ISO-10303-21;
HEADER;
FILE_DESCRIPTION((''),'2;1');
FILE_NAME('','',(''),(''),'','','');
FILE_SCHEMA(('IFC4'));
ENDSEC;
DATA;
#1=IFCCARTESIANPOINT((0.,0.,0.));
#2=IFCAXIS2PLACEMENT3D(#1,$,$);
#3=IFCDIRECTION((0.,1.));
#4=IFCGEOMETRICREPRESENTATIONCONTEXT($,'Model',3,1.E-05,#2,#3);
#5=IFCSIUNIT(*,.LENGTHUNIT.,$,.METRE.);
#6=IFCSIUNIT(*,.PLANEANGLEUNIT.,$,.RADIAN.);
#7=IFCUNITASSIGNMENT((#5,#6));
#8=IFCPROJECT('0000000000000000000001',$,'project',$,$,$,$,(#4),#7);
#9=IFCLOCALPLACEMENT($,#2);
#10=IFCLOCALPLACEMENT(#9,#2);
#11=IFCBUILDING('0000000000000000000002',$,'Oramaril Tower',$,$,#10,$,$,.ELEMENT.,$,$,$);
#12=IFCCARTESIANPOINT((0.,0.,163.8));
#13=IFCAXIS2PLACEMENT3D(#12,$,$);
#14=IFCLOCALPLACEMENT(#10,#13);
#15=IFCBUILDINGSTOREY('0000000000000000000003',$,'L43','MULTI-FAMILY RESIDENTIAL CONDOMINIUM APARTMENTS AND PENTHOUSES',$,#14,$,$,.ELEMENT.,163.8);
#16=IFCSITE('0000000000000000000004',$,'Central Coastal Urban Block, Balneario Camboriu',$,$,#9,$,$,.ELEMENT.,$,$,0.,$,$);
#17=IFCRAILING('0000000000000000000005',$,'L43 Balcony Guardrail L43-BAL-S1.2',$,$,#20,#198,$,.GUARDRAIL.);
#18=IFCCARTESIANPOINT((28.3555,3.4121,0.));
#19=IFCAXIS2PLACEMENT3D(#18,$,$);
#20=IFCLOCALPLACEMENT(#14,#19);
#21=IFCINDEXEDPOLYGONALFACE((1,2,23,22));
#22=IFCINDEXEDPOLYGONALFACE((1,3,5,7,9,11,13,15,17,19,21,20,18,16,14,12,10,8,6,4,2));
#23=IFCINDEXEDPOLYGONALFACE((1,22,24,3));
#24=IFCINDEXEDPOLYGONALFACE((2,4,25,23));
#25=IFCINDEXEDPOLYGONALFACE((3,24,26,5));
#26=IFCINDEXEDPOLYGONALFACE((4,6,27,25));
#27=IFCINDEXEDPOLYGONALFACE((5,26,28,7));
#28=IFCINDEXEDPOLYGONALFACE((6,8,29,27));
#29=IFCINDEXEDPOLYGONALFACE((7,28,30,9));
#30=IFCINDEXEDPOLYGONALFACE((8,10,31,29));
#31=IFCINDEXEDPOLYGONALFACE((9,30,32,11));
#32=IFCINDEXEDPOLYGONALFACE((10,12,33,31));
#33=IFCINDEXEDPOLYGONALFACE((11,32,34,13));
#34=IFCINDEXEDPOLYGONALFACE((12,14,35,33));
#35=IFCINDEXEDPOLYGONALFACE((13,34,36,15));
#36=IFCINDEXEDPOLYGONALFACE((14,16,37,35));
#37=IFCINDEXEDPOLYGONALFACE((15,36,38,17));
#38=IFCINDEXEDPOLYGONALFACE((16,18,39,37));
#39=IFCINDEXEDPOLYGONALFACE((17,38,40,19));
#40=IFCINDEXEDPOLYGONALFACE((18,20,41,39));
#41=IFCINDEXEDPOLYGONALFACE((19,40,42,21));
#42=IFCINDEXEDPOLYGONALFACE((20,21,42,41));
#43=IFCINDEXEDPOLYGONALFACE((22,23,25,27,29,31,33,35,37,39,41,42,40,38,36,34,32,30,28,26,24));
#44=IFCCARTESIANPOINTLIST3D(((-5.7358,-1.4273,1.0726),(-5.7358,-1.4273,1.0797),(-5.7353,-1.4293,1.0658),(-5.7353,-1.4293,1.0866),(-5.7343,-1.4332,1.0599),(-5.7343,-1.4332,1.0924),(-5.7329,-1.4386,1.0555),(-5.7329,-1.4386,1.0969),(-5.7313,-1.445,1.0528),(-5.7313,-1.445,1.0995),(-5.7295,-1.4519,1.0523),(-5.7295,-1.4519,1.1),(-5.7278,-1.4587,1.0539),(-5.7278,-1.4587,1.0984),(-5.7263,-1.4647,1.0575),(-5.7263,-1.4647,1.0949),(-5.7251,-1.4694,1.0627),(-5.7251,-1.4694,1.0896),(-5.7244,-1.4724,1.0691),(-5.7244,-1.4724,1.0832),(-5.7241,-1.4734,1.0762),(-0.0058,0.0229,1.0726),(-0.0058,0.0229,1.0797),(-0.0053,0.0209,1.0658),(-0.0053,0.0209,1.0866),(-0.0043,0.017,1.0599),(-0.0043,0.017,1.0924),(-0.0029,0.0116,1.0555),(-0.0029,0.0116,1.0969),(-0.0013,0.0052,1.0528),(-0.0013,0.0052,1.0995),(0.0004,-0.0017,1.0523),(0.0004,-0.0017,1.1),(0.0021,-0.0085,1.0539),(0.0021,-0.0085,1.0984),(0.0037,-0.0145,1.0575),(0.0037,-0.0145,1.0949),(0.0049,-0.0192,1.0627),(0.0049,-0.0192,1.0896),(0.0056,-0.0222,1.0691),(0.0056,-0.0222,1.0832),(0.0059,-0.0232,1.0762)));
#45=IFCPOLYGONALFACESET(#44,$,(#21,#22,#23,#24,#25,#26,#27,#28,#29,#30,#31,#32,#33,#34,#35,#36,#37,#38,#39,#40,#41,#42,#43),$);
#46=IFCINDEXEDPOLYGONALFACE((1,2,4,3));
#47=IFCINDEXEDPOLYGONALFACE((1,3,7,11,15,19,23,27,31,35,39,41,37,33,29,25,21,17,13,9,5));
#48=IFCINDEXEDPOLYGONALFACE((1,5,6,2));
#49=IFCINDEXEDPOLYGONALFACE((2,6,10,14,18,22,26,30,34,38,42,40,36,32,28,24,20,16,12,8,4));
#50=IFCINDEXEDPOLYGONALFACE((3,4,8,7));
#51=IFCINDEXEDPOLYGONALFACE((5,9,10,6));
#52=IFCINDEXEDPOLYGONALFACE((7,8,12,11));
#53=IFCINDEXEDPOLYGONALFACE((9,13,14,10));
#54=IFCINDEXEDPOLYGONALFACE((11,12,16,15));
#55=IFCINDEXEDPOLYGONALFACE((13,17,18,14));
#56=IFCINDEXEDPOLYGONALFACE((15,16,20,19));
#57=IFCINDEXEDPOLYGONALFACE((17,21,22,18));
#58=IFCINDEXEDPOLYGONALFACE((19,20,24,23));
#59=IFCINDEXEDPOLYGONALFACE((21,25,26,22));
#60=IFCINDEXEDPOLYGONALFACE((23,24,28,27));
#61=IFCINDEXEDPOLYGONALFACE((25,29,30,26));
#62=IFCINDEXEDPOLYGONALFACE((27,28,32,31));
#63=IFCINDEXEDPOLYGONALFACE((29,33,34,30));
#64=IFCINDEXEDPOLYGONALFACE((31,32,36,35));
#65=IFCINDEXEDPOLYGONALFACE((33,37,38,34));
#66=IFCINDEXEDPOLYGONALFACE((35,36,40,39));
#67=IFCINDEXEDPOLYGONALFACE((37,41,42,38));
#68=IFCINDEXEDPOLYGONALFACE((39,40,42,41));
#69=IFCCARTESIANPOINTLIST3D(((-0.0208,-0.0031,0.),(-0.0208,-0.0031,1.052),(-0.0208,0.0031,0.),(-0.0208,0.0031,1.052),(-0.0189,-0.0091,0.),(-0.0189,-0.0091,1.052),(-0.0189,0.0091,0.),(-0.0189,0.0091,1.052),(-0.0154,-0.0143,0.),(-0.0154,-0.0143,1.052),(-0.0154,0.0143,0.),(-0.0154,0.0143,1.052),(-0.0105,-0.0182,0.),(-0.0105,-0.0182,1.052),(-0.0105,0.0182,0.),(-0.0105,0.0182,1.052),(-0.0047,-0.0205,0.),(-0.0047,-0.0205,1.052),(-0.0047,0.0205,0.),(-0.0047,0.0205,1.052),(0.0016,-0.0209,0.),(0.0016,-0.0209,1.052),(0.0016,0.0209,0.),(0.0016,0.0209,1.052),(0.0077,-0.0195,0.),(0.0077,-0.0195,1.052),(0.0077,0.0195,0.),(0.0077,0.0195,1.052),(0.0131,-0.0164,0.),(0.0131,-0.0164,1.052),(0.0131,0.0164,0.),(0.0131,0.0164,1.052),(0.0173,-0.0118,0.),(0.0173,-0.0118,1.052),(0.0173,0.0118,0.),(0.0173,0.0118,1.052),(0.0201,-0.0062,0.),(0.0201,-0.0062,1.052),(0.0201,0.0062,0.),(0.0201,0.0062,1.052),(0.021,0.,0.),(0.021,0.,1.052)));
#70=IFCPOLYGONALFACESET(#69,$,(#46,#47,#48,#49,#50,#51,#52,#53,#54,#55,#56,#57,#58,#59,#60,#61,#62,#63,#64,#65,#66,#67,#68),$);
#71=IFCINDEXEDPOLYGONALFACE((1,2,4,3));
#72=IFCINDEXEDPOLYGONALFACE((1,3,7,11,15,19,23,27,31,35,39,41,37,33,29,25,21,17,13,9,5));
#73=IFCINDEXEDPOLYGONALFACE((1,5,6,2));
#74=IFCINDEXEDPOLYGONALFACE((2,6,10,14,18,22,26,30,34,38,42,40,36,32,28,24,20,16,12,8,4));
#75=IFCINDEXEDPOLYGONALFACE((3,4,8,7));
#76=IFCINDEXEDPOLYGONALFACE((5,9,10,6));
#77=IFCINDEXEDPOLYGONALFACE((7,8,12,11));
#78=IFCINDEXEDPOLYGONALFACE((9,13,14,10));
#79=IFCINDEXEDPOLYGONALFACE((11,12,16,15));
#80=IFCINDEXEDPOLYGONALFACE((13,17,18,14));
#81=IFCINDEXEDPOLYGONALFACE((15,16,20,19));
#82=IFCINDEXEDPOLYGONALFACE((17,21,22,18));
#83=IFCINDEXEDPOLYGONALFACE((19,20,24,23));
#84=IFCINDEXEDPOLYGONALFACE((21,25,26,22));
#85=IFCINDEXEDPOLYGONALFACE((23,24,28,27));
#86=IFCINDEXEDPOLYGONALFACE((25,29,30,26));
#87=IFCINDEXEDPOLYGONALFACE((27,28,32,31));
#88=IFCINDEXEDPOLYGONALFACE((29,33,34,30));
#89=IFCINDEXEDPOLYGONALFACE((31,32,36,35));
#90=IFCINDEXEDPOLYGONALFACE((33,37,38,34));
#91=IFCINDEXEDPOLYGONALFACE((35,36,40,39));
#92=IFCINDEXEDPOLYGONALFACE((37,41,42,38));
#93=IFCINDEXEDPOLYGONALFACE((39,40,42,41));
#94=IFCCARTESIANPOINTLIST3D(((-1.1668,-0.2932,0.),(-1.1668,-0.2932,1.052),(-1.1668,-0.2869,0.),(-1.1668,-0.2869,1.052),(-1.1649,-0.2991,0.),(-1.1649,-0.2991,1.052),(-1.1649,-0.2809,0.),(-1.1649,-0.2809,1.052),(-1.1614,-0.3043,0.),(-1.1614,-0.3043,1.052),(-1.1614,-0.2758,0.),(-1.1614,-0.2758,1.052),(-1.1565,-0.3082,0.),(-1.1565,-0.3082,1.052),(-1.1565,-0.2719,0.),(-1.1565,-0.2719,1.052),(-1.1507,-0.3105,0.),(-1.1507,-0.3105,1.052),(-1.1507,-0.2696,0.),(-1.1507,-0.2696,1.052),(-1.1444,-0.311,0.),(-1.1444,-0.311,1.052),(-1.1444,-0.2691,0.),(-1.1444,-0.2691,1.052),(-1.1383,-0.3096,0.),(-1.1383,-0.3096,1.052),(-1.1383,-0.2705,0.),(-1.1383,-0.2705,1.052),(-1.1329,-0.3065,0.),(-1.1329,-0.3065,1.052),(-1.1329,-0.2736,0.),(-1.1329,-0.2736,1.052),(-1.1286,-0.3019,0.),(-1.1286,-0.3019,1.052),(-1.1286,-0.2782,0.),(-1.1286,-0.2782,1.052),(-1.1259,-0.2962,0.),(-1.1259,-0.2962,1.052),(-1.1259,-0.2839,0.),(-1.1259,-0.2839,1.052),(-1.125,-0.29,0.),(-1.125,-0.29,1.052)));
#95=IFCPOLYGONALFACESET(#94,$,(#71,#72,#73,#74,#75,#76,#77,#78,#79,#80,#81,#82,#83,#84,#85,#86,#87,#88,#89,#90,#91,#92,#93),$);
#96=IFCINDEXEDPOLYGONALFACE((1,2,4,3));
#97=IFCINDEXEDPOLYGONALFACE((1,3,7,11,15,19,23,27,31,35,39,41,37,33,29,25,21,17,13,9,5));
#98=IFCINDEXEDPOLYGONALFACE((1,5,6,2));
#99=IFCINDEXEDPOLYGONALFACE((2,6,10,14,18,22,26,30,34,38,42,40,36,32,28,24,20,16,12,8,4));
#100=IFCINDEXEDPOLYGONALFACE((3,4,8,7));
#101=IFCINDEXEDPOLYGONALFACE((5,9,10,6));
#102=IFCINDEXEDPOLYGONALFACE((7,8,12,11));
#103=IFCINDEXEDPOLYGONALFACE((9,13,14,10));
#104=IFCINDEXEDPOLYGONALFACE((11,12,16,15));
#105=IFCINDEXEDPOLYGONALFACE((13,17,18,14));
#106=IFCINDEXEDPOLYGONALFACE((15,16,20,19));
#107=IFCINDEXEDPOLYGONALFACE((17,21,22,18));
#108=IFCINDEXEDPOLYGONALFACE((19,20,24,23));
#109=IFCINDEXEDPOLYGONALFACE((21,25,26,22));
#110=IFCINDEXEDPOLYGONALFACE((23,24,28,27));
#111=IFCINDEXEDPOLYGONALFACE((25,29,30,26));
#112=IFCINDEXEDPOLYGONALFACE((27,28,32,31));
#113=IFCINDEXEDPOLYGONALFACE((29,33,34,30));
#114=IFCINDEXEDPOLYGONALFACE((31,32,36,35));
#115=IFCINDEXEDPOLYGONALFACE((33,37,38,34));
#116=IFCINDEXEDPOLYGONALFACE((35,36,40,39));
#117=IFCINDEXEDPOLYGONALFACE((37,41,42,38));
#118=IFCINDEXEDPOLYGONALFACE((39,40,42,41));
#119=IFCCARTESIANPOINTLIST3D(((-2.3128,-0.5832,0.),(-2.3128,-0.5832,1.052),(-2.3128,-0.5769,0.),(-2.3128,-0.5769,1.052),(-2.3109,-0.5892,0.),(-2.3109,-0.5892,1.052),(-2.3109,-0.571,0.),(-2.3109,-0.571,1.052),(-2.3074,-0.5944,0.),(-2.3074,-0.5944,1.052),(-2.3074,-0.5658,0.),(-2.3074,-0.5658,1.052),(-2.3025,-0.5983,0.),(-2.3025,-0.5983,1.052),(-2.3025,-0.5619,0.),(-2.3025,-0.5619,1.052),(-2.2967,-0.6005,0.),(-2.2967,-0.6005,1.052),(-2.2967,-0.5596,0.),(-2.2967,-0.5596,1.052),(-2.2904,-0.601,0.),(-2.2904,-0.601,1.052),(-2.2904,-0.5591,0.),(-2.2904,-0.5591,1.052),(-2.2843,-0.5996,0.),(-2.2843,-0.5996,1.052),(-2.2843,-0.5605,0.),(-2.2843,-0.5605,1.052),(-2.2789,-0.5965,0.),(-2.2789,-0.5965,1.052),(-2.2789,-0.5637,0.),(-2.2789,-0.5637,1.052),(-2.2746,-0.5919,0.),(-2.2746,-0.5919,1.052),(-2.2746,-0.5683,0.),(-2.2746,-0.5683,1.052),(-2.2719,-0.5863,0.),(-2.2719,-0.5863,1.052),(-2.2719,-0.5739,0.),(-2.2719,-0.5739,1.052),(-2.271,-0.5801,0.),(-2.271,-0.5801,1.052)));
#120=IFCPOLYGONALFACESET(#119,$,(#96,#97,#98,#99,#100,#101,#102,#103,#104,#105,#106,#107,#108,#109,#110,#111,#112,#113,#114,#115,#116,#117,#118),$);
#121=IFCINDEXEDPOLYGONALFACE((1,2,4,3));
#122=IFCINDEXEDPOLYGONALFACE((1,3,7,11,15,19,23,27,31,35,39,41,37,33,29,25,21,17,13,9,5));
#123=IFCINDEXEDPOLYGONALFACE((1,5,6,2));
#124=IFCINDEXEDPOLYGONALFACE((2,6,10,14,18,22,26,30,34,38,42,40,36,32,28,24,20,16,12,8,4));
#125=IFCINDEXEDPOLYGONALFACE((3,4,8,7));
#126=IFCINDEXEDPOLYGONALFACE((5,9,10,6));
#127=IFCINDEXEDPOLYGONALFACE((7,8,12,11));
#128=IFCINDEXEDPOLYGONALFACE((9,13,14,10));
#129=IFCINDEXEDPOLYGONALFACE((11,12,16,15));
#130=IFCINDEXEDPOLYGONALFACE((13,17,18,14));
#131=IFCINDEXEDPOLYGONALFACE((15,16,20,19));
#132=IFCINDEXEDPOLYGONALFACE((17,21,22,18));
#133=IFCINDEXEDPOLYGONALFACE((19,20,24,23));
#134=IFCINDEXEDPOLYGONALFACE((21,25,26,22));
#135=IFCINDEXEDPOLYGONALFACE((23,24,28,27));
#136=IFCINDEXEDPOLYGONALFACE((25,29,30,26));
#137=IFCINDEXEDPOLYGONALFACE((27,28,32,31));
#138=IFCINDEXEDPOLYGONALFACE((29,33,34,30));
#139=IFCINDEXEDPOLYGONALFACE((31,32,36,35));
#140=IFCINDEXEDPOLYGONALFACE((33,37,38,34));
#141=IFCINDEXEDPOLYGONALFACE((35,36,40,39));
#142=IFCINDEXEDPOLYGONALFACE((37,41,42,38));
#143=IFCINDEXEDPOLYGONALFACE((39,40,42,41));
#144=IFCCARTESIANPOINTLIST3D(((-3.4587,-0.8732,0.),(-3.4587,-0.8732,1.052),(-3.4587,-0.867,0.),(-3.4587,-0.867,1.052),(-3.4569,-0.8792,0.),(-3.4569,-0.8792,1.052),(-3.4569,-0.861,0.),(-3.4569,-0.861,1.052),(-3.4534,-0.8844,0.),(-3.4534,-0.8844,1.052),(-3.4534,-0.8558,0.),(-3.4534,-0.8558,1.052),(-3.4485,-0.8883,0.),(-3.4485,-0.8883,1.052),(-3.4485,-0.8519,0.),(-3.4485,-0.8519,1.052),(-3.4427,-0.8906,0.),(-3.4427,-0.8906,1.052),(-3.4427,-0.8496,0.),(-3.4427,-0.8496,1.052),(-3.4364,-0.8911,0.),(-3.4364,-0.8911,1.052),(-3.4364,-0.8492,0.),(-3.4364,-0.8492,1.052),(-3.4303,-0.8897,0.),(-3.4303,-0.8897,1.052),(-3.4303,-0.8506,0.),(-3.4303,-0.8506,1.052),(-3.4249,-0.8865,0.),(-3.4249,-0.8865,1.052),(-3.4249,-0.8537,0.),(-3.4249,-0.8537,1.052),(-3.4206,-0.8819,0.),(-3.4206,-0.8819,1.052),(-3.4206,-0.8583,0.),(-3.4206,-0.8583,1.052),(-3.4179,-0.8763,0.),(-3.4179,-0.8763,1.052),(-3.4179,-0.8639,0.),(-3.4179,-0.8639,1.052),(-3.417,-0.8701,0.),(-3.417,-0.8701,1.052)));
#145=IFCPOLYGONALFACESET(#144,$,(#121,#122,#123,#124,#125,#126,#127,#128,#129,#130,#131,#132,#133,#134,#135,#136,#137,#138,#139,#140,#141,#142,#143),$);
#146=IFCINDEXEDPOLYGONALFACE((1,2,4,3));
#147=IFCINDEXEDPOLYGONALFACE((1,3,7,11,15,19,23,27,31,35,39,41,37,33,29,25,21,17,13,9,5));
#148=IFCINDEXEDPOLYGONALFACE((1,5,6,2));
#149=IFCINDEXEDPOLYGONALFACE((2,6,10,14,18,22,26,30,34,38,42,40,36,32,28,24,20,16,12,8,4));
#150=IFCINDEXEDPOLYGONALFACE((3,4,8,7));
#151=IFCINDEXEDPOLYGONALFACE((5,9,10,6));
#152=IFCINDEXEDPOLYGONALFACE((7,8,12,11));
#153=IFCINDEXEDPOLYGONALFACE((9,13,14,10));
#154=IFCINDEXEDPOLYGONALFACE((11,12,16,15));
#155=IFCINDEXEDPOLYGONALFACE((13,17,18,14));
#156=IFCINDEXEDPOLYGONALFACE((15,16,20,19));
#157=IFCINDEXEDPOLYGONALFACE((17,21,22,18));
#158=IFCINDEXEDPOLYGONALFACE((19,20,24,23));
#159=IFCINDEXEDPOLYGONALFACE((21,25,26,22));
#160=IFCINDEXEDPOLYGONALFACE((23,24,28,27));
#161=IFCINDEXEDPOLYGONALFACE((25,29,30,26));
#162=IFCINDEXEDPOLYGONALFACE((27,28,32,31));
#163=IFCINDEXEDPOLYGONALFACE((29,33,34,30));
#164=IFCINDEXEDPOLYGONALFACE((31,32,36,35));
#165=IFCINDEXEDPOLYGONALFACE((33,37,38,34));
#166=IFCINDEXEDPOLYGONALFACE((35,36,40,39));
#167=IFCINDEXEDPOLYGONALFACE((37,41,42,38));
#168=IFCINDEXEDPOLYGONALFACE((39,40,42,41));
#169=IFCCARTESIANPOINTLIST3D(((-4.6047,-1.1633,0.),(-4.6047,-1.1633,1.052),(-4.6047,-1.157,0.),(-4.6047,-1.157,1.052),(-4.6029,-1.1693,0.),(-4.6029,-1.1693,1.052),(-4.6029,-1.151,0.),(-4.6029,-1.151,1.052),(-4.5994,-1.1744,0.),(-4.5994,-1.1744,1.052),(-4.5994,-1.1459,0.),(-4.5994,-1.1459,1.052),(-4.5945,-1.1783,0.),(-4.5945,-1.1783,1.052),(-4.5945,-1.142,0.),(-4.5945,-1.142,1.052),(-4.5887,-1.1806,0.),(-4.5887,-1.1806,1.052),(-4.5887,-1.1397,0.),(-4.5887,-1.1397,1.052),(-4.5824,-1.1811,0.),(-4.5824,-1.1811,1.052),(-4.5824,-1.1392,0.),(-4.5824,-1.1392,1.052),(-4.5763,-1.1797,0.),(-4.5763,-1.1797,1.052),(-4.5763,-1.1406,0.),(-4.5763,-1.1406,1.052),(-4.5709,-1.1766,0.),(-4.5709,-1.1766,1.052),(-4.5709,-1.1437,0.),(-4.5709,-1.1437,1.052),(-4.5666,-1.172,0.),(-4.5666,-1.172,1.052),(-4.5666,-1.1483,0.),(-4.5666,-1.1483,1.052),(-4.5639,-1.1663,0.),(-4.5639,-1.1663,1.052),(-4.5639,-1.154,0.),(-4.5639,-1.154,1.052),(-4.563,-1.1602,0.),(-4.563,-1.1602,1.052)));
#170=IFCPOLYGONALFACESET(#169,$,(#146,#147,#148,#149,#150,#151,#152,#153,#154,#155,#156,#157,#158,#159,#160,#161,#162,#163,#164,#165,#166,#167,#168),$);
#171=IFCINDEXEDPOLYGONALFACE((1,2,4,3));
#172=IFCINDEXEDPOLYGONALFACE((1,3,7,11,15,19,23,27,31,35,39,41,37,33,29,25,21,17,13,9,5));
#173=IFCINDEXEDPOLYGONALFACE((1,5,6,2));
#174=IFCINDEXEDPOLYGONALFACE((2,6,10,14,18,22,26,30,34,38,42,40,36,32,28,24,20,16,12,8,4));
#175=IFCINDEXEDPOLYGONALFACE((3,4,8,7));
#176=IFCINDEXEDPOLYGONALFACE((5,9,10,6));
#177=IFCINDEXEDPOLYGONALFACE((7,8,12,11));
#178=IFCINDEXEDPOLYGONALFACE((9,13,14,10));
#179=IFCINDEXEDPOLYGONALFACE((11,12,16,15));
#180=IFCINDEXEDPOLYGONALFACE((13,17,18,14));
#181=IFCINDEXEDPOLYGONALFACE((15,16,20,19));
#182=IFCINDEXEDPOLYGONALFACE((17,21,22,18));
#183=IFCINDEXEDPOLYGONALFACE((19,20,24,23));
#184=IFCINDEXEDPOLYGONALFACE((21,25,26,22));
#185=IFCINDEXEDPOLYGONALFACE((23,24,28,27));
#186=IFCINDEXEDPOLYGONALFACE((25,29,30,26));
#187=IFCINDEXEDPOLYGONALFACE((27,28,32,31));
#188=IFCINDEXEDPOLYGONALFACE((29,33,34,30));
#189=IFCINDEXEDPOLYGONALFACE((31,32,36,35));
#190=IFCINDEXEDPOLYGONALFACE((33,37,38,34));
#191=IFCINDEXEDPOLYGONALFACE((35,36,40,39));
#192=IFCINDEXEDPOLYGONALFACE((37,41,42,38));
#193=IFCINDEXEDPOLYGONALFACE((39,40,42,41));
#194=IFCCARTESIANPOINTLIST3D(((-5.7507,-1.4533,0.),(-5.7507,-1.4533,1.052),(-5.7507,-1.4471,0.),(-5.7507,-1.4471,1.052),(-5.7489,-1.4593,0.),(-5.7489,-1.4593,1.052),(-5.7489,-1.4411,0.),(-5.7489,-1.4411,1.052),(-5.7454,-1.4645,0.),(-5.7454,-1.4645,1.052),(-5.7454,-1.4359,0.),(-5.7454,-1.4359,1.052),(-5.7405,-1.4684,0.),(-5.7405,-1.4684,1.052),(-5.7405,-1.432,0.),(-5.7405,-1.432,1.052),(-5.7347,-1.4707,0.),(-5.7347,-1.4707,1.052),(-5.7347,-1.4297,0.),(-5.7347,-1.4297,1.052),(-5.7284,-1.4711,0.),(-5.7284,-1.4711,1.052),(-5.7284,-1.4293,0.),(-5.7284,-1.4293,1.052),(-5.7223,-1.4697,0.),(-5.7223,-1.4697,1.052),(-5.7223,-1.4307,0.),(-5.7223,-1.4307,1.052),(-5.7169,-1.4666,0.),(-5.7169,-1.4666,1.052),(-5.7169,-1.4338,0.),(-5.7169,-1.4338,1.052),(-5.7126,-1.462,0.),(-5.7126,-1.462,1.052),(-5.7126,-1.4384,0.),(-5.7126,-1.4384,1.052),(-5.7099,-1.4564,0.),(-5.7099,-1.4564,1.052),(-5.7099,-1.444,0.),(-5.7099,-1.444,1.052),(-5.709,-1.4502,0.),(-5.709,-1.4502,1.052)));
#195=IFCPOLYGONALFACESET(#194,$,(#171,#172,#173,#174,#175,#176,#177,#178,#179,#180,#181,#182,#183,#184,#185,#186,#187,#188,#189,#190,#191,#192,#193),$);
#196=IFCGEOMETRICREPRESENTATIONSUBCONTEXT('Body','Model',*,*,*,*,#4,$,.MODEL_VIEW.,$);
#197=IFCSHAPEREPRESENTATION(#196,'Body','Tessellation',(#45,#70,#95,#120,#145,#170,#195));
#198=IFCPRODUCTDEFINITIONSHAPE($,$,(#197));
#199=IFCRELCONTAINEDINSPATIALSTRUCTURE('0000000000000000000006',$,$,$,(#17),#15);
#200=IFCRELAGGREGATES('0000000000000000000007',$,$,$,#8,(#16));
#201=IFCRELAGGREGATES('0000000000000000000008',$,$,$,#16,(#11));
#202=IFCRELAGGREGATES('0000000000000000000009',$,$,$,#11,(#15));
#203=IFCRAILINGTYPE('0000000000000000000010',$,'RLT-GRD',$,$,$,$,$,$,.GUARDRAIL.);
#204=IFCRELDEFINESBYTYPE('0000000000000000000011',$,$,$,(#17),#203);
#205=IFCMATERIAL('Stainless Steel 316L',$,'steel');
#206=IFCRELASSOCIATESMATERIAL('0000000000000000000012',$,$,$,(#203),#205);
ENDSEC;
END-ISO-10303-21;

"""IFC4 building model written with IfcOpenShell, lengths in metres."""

from ifc_helpers import new_model, si_unit, direction, frame, origin, origin_2d, place, context, subcontext, project, spatial, circle, extrude, material, type_object, element, save


model = new_model("IFC4")

# Units and contexts
model_context = context("Model", 3, precision=1e-05, world=origin(), true_north=direction((0.0, 1.0)))
body_context = subcontext(model_context, "Body", "Model", "MODEL_VIEW")
ifc_project = project(units=[si_unit("LENGTHUNIT", "METRE"), si_unit("PLANEANGLEUNIT", "RADIAN")], contexts=[model_context])

# Site, building, storey
site_placement = place(None, origin())
site = spatial("IfcSite", under=ifc_project, at=site_placement, Name="Central Coastal Urban Block, Balneario Camboriu", CompositionType="ELEMENT", RefElevation=0.0)
building_placement = place(site_placement, origin())
building = spatial("IfcBuilding", under=site, at=building_placement, Name="Oramaril Tower", CompositionType="ELEMENT")
storey_placement = place(building_placement, frame((0.0, 0.0, 163.8)))
storey = spatial("IfcBuildingStorey", under=building, at=storey_placement, Name="L43", Description="MULTI-FAMILY RESIDENTIAL CONDOMINIUM APARTMENTS AND PENTHOUSES", CompositionType="ELEMENT", Elevation=163.8)

# Railing
ifc_material_1 = material(Name="Stainless Steel 316L", Category="steel")
railing_type = type_object("IfcRailingType", Name="RLT-GRD", PredefinedType="GUARDRAIL", material=ifc_material_1)
railing_1_placement = place(storey_placement, frame((28.3555, 3.4121, 0.0)))
element("IfcRailing", 1, at=railing_1_placement, inside=storey, type_object=railing_type, Name="L43 Balcony Guardrail L43-BAL-S1.2", PredefinedType="GUARDRAIL", context=body_context, shape_type="SweptSolid", body=[
    extrude(circle(Radius=0.0239, at=origin_2d()), frame((0.0, 0.0, 1.0762), z_axis=(-0.969434, -0.245353, 0.0), x_axis=(0.245353, -0.969434, 0.0)), (0.0, 0.0, 1.0), 5.9106),
    extrude(circle(Radius=0.021, at=origin_2d()), origin(), (0.0, 0.0, 1.0), 1.052),
    extrude(circle(Radius=0.021, at=origin_2d()), frame((-1.146, -0.29, 0.0)), (0.0, 0.0, 1.0), 1.052),
    extrude(circle(Radius=0.021, at=origin_2d()), frame((-2.292, -0.5801, 0.0)), (0.0, 0.0, 1.0), 1.052),
    extrude(circle(Radius=0.021, at=origin_2d()), frame((-3.438, -0.8701, 0.0)), (0.0, 0.0, 1.0), 1.052),
    extrude(circle(Radius=0.021, at=origin_2d()), frame((-4.584, -1.1602, 0.0)), (0.0, 0.0, 1.0), 1.052),
    extrude(circle(Radius=0.021, at=origin_2d()), frame((-5.73, -1.4502, 0.0)), (0.0, 0.0, 1.0), 1.052),
])

save(model, "model.ifc")
